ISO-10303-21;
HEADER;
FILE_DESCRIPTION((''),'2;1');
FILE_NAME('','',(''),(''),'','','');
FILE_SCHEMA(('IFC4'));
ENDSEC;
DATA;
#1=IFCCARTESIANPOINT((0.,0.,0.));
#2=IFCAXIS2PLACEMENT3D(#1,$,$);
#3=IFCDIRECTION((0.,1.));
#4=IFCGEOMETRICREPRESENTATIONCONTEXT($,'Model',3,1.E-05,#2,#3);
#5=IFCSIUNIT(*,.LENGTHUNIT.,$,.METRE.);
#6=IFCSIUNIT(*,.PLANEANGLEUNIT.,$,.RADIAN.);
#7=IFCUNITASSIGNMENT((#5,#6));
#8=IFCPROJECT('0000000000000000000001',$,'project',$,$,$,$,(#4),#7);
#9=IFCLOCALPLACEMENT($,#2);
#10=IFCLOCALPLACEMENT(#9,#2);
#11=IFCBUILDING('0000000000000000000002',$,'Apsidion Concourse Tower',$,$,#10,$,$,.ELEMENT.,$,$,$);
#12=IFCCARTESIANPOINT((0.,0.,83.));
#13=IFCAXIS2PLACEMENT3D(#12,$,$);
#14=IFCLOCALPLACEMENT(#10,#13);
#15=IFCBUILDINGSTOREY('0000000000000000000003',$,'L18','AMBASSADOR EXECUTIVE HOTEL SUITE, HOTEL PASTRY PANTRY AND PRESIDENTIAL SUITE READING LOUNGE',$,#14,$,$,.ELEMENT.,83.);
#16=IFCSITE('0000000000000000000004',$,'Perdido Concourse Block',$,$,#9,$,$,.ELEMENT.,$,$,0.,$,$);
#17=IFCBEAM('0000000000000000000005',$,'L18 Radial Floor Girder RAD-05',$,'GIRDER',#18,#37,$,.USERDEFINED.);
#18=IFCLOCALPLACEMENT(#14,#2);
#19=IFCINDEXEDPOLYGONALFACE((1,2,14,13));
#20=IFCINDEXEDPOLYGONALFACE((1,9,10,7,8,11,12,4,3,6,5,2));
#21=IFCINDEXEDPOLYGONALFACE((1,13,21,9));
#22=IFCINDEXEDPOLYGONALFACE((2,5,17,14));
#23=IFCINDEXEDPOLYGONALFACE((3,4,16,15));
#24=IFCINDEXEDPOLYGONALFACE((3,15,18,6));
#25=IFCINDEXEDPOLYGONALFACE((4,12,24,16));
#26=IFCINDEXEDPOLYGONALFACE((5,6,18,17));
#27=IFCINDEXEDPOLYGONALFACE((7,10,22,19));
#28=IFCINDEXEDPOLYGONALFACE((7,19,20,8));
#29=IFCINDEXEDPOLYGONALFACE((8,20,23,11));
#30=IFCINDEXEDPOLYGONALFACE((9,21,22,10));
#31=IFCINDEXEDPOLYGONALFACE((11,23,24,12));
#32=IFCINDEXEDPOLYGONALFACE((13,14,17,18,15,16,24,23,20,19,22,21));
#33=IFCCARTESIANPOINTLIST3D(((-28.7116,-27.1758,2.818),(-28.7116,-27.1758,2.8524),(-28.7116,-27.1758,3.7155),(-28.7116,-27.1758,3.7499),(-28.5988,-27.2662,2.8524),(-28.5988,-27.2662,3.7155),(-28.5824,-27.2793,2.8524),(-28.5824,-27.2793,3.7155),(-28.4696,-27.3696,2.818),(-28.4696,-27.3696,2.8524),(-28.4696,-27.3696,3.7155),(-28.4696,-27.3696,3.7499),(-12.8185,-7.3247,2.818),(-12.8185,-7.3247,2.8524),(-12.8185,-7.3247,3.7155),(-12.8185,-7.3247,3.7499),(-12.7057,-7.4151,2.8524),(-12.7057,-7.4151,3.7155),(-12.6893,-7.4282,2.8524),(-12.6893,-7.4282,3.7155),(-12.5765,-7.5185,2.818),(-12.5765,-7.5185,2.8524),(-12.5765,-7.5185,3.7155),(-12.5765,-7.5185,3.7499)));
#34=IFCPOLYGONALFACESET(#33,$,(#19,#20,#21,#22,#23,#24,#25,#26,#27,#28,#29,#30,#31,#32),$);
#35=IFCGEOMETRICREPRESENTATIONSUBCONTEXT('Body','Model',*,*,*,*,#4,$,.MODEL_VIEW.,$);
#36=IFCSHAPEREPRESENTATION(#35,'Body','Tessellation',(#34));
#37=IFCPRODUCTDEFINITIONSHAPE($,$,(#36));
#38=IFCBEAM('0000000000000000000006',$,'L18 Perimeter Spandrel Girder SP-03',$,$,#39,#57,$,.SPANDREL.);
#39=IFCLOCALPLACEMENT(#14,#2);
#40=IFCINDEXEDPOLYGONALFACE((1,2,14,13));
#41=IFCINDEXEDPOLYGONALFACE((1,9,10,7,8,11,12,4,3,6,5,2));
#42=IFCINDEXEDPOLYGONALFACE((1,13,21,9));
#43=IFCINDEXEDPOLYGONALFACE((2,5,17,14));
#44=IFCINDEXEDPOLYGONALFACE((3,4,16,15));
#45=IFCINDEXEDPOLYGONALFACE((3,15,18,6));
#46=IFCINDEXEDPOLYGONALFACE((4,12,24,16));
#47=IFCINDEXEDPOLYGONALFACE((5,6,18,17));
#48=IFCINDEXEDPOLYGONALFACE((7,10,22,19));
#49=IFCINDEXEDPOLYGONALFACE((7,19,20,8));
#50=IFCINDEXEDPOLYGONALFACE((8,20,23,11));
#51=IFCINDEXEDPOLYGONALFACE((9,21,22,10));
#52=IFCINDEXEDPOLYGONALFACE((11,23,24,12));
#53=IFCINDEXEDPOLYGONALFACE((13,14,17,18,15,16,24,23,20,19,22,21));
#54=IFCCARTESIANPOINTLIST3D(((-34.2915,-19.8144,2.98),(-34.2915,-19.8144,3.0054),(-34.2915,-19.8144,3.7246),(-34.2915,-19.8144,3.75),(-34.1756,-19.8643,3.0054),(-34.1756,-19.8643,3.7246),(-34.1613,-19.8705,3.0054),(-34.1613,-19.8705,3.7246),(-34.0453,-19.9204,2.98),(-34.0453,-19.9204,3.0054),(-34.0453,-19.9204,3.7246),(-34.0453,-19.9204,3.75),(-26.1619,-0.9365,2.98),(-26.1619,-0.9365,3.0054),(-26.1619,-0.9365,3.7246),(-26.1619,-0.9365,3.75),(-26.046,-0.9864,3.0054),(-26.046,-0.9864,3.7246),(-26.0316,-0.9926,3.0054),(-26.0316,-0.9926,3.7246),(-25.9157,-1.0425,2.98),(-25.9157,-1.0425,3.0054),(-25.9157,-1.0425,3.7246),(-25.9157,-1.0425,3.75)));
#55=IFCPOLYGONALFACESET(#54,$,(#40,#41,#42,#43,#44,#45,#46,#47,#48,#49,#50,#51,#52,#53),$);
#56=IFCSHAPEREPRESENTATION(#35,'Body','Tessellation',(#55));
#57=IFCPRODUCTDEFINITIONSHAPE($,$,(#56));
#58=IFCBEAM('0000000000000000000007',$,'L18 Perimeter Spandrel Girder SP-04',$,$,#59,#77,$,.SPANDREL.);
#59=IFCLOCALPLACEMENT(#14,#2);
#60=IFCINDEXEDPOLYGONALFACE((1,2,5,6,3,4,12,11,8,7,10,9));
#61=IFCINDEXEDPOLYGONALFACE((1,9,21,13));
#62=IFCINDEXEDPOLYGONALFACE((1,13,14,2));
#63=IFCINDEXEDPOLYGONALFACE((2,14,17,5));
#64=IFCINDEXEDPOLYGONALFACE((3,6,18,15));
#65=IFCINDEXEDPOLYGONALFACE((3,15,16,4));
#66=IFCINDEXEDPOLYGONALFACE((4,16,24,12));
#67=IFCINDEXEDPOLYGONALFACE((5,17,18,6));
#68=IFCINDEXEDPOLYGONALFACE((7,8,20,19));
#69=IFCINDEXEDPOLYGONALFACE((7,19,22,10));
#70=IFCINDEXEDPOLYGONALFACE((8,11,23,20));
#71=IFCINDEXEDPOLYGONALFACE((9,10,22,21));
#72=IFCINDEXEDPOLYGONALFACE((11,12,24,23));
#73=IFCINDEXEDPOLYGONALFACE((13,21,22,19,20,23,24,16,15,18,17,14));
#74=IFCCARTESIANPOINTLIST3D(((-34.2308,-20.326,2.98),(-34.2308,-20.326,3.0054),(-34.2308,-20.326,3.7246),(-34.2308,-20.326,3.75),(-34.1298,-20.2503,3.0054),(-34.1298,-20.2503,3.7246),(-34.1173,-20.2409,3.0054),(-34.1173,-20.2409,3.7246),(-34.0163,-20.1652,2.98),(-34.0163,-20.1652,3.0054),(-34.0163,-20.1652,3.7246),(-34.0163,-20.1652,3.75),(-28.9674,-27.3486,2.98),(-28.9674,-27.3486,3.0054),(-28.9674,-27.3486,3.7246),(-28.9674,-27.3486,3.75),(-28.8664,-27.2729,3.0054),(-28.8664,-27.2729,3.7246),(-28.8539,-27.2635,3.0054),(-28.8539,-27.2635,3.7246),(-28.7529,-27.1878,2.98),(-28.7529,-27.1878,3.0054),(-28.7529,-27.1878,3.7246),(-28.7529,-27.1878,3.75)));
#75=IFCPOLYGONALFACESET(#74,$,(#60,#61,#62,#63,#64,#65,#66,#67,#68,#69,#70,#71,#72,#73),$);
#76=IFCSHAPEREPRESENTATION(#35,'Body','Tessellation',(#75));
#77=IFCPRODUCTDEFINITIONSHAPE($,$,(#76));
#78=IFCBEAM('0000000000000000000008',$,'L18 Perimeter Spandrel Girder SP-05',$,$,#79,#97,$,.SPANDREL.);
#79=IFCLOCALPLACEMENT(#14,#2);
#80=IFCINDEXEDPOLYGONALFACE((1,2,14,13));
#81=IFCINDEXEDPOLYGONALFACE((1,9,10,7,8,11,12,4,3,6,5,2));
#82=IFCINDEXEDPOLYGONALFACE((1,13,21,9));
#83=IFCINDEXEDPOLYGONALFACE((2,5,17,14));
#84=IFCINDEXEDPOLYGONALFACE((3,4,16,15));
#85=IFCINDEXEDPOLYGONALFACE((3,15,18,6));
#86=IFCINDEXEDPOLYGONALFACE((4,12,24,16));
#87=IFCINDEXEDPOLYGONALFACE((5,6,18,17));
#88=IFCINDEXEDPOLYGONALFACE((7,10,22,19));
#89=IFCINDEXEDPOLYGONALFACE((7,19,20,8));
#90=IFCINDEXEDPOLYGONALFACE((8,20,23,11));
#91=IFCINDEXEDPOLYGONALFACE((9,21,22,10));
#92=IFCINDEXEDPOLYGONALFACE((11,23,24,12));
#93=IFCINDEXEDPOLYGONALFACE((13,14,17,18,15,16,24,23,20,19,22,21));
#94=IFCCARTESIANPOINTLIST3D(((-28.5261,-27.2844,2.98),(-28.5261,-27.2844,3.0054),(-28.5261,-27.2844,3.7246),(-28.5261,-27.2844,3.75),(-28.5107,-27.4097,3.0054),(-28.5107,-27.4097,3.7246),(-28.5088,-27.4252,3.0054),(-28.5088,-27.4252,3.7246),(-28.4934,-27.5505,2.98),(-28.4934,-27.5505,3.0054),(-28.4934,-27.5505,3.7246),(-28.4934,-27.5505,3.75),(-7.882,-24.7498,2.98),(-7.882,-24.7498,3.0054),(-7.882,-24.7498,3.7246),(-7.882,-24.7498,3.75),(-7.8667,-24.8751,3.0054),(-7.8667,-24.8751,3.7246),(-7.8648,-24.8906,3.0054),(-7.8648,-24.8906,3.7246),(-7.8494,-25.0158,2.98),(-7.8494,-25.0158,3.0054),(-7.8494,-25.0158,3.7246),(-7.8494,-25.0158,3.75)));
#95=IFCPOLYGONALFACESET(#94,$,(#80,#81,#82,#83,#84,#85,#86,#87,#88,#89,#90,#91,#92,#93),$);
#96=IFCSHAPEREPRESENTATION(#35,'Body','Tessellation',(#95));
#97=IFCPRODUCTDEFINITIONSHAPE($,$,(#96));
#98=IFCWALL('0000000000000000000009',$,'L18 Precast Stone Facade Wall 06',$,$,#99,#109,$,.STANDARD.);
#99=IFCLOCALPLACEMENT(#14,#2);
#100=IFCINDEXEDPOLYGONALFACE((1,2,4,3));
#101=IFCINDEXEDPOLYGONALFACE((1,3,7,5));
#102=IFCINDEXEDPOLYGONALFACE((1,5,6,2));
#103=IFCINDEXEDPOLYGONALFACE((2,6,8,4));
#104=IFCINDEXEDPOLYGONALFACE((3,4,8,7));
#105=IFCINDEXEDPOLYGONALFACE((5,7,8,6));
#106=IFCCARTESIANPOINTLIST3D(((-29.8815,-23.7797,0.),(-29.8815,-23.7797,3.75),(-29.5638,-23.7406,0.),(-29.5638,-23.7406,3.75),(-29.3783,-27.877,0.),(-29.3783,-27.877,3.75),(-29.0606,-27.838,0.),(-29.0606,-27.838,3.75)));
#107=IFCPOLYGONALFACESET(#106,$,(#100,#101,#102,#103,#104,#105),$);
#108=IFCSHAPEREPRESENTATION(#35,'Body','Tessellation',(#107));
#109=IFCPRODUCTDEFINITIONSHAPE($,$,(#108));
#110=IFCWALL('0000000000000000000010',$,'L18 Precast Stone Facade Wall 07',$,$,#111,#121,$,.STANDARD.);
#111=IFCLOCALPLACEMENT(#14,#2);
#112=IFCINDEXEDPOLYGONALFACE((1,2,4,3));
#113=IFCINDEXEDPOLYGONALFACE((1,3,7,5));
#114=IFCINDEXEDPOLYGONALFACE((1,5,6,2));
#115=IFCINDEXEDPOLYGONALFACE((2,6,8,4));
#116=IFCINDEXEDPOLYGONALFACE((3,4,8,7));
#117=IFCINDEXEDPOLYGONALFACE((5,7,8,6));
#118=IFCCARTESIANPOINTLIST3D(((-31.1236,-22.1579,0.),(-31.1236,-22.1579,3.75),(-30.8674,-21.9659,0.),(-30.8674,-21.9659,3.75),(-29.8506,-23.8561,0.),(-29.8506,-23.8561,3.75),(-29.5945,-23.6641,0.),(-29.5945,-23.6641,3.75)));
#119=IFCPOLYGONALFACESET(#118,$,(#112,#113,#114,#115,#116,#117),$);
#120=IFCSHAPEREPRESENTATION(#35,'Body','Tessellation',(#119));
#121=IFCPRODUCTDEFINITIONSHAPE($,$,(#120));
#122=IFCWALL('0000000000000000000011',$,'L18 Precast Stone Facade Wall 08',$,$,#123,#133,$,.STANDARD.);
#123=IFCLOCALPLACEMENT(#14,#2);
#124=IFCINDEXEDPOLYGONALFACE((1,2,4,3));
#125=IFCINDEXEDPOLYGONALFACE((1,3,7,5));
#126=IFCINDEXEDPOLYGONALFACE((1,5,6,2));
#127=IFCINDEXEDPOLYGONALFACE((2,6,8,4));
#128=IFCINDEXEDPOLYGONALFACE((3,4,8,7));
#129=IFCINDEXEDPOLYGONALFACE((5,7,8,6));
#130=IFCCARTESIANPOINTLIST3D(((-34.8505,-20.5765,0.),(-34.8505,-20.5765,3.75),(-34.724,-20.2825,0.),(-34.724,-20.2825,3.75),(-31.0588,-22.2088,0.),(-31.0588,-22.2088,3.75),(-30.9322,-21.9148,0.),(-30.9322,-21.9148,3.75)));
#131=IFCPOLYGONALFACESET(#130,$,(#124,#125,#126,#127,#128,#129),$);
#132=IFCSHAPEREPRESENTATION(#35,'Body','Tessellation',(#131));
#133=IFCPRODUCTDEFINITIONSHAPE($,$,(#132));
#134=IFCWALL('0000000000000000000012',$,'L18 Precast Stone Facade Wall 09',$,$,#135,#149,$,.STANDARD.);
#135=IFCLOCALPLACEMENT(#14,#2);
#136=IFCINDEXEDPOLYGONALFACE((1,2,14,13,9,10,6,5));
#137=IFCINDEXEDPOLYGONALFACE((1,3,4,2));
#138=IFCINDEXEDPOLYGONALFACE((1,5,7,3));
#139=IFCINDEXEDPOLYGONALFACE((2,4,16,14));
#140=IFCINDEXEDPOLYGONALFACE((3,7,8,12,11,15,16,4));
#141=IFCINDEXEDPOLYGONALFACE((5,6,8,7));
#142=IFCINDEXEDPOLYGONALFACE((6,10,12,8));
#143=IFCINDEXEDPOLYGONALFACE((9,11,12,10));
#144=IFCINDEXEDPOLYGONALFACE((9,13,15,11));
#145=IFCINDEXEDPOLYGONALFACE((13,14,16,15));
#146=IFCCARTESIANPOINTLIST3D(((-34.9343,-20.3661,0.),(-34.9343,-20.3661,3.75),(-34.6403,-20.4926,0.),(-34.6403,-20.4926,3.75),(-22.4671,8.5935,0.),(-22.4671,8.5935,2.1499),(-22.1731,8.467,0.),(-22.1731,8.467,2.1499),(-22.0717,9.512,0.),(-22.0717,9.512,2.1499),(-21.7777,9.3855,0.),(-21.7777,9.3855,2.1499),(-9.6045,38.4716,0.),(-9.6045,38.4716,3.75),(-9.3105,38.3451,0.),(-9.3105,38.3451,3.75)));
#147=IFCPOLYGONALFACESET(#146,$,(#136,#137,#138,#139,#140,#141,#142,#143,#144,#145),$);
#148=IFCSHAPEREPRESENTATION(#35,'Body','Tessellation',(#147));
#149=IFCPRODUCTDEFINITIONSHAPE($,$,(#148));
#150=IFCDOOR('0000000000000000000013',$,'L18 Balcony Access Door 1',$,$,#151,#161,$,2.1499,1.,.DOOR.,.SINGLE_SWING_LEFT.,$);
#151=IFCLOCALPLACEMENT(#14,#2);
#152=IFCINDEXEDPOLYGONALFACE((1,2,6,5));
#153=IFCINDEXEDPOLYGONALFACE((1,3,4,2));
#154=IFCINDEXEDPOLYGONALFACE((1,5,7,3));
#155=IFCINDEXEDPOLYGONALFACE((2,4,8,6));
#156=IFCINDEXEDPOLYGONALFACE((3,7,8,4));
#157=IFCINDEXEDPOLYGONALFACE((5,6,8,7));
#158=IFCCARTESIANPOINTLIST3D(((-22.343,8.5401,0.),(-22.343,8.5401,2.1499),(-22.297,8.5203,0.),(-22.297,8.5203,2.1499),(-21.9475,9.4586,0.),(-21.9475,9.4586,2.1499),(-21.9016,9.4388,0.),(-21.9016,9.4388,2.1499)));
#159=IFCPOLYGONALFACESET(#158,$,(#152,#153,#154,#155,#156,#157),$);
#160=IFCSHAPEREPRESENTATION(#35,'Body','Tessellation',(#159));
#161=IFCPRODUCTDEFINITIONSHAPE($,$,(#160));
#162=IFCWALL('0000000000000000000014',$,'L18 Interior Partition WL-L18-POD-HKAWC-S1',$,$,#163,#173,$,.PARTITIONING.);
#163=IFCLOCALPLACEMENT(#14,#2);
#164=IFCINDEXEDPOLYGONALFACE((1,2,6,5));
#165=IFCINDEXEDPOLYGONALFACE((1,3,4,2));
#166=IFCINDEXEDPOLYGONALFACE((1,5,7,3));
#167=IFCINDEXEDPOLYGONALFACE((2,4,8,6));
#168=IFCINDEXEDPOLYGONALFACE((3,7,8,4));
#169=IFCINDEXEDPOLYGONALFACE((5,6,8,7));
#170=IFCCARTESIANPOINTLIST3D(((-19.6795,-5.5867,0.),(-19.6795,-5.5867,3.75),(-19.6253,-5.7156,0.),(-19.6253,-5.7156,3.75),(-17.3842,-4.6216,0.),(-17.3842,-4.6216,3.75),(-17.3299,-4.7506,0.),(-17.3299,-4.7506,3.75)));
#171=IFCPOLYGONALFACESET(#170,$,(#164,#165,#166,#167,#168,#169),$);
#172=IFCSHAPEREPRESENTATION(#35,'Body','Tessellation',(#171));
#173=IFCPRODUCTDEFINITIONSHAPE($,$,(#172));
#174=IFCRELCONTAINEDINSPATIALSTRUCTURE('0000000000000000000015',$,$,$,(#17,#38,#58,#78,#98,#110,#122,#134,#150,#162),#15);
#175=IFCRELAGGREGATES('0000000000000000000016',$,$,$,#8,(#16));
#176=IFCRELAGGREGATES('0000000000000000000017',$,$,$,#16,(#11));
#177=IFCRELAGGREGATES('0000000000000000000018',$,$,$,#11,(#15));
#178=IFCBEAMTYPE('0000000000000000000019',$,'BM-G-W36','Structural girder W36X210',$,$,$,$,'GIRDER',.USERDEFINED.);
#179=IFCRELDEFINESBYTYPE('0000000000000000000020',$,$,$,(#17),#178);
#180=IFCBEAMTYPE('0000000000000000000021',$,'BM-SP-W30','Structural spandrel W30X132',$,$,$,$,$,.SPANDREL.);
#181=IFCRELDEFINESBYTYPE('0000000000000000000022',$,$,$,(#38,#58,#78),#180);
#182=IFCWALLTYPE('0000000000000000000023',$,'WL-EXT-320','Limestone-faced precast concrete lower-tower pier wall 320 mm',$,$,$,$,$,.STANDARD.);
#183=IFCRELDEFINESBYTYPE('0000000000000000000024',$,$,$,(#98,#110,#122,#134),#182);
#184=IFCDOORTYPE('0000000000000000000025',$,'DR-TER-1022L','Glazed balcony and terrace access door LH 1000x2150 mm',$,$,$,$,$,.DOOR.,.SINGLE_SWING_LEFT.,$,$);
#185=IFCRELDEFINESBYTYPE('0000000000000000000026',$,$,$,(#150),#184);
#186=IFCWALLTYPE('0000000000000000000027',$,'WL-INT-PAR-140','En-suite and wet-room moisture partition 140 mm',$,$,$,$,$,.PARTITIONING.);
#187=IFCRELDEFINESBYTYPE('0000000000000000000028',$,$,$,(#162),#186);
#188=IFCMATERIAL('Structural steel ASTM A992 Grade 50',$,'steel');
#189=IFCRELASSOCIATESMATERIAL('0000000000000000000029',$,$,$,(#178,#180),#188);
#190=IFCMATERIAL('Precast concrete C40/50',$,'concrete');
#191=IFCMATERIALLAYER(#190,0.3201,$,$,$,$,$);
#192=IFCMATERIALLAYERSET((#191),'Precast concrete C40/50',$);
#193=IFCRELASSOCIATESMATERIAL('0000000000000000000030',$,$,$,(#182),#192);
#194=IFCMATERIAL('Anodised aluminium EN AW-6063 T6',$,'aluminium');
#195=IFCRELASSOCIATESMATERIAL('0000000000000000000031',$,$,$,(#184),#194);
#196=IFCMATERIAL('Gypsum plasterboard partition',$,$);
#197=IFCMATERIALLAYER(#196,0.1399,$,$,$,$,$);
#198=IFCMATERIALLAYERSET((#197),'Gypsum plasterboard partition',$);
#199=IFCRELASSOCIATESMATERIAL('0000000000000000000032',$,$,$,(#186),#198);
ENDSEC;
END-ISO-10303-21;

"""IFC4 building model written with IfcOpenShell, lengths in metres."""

from ifc_helpers import new_model, si_unit, direction, frame, frame_2d, origin, origin_2d, place, context, subcontext, project, spatial, rectangle, i_section, extrude, material, layer, layer_set, material_profile, profile_set, type_object, element, fill, save


model = new_model("IFC4")

# Units and contexts
model_context = context("Model", 3, precision=1e-05, world=origin(), true_north=direction((0.0, 1.0)))
body_context = subcontext(model_context, "Body", "Model", "MODEL_VIEW")
ifc_project = project(units=[si_unit("LENGTHUNIT", "METRE"), si_unit("PLANEANGLEUNIT", "RADIAN")], contexts=[model_context])

# Site, building, storey
site_placement = place(None, origin())
site = spatial("IfcSite", under=ifc_project, at=site_placement, Name="Perdido Concourse Block", CompositionType="ELEMENT", RefElevation=0.0)
building_placement = place(site_placement, origin())
building = spatial("IfcBuilding", under=site, at=building_placement, Name="Apsidion Concourse Tower", CompositionType="ELEMENT")
storey_placement = place(building_placement, frame((0.0, 0.0, 83.0)))
storey = spatial("IfcBuildingStorey", under=building, at=storey_placement, Name="L18", Description="AMBASSADOR EXECUTIVE HOTEL SUITE, HOTEL PASTRY PANTRY AND PRESIDENTIAL SUITE READING LOUNGE", CompositionType="ELEMENT", Elevation=83.0)

# Beams
ifc_material_1 = material(Name="Structural steel ASTM A992 Grade 50", Category="steel")
ifc_material_profile_1 = material_profile(ifc_material_1, i_section(OverallWidth=0.3101, OverallDepth=0.9319, WebThickness=0.021, FlangeThickness=0.0344, at=origin_2d()), Name="W36X210")
ifc_profile_set_1 = profile_set([ifc_material_profile_1], Name="Structural steel ASTM A992 Grade 50")
beam_type_1 = type_object("IfcBeamType", Name="BM-G-W36", Description="Structural girder W36X210", ElementType="GIRDER", PredefinedType="USERDEFINED", material=ifc_profile_set_1)
beam_1_placement = place(storey_placement, frame((-12.6975, -7.4216, 3.2839), z_axis=(-0.624988, -0.780635, 0.0), x_axis=(0.780635, -0.624988, 0.0)))
element("IfcBeam", 1, at=beam_1_placement, inside=storey, type_object=beam_type_1, Name="L18 Radial Floor Girder RAD-05", ObjectType="GIRDER", PredefinedType="USERDEFINED", context=body_context, shape_type="SweptSolid", body=[
    extrude(i_section(OverallWidth=0.3101, OverallDepth=0.9319, WebThickness=0.021, FlangeThickness=0.0344, at=origin_2d()), origin(), (0.0, 0.0, 1.0), 25.4294),
])
ifc_material_profile_2 = material_profile(ifc_material_1, i_section(OverallWidth=0.2681, OverallDepth=0.77, WebThickness=0.0156, FlangeThickness=0.0254, at=origin_2d()), Name="W30X132")
ifc_profile_set_2 = profile_set([ifc_material_profile_2], Name="Structural steel ASTM A992 Grade 50")
beam_type_2 = type_object("IfcBeamType", Name="BM-SP-W30", Description="Structural spandrel W30X132", PredefinedType="SPANDREL", material=ifc_profile_set_2)
beam_2_placement = place(storey_placement, frame((-26.0388, -0.9895, 3.365), z_axis=(-0.395526, -0.918455, 0.0), x_axis=(0.918455, -0.395526, 0.0)))
element("IfcBeam", 2, at=beam_2_placement, inside=storey, type_object=beam_type_2, Name="L18 Perimeter Spandrel Girder SP-03", PredefinedType="SPANDREL", context=body_context, shape_type="SweptSolid", body=[
    extrude(i_section(OverallWidth=0.2681, OverallDepth=0.77, WebThickness=0.0156, FlangeThickness=0.0254, at=origin_2d()), origin(), (0.0, 0.0, 1.0), 20.554),
])
beam_3_placement = place(storey_placement, frame((-34.1235, -20.2456, 3.365), z_axis=(0.599737, -0.800197, 0.0), x_axis=(0.800197, 0.599737, 0.0)))
element("IfcBeam", 3, at=beam_3_placement, inside=storey, type_object=beam_type_2, Name="L18 Perimeter Spandrel Girder SP-04", PredefinedType="SPANDREL", context=body_context, shape_type="SweptSolid", body=[
    extrude(i_section(OverallWidth=0.2681, OverallDepth=0.77, WebThickness=0.0156, FlangeThickness=0.0254, at=origin_2d()), origin(), (0.0, 0.0, 1.0), 8.7761),
])
beam_4_placement = place(storey_placement, frame((-28.5098, -27.4175, 3.365), z_axis=(0.992547, 0.121865, 0.0), x_axis=(-0.121865, 0.992547, 0.0)))
element("IfcBeam", 4, at=beam_4_placement, inside=storey, type_object=beam_type_2, Name="L18 Perimeter Spandrel Girder SP-05", PredefinedType="SPANDREL", context=body_context, shape_type="SweptSolid", body=[
    extrude(i_section(OverallWidth=0.2681, OverallDepth=0.77, WebThickness=0.0156, FlangeThickness=0.0254, at=origin_2d()), origin(), (0.0, 0.0, 1.0), 20.7991),
])

# Walls
ifc_material_2 = material(Name="Precast concrete C40/50", Category="concrete")
ifc_layer_1 = layer(ifc_material_2, 0.3201)
ifc_layer_set_1 = layer_set([ifc_layer_1], Name="Precast concrete C40/50")
wall_type_1 = type_object("IfcWallType", Name="WL-EXT-320", Description="Limestone-faced precast concrete lower-tower pier wall 320 mm", PredefinedType="STANDARD", material=ifc_layer_set_1)
wall_1_placement = place(storey_placement, frame((-29.2195, -27.8574, 0.0), z_axis=(0.0, 0.0, 1.0), x_axis=(-0.121887, 0.992544, 0.0)))
element("IfcWall", 5, at=wall_1_placement, inside=storey, type_object=wall_type_1, Name="L18 Precast Stone Facade Wall 06", PredefinedType="STANDARD", context=body_context, shape_type="SweptSolid", body=[
    extrude(rectangle(XDim=4.1282, YDim=0.3201, at=frame_2d((2.064, 0.0))), origin(), (0.0, 0.0, 1.0), 3.75),
])
wall_2_placement = place(storey_placement, frame((-29.7227, -23.76, 0.0), z_axis=(0.0, 0.0, 1.0), x_axis=(-0.599779, 0.800166, 0.0)))
element("IfcWall", 6, at=wall_2_placement, inside=storey, type_object=wall_type_1, Name="L18 Precast Stone Facade Wall 07", PredefinedType="STANDARD", context=body_context, shape_type="SweptSolid", body=[
    extrude(rectangle(XDim=2.1223, YDim=0.3201, at=frame_2d((1.061, 0.0))), origin(), (0.0, 0.0, 1.0), 3.75),
])
wall_3_placement = place(storey_placement, frame((-30.9956, -22.0618, 0.0), z_axis=(0.0, 0.0, 1.0), x_axis=(-0.918504, 0.395411, 0.0)))
element("IfcWall", 7, at=wall_3_placement, inside=storey, type_object=wall_type_1, Name="L18 Precast Stone Facade Wall 08", PredefinedType="STANDARD", context=body_context, shape_type="SweptSolid", body=[
    extrude(rectangle(XDim=4.1282, YDim=0.3201, at=frame_2d((2.064, 0.0))), origin(), (0.0, 0.0, 1.0), 3.75),
])

# Wall, opening, door
wall_4_placement = place(storey_placement, frame((-34.7874, -20.4294, 0.0), z_axis=(0.0, 0.0, 1.0), x_axis=(0.395418, 0.918501, 0.0)))
wall_4 = element("IfcWall", 8, at=wall_4_placement, inside=storey, type_object=wall_type_1, Name="L18 Precast Stone Facade Wall 09", PredefinedType="STANDARD", context=body_context, shape_type="SweptSolid", body=[
    extrude(rectangle(XDim=64.0583, YDim=0.3201, at=frame_2d((32.0293, 0.0))), origin(), (0.0, 0.0, 1.0), 3.75),
])
opening_1_placement = place(wall_4_placement, frame((31.5293, 0.0, 0.0)))
opening_1 = element("IfcOpeningElement", 9, at=opening_1_placement, cuts=wall_4, PredefinedType="OPENING", context=body_context, shape_type="SweptSolid", body=[
    extrude(rectangle(XDim=1.0, YDim=2.1499, at=frame_2d((0.5, 1.075))), frame((0.0, 0.1699, 0.0), z_axis=(0.0, -1.0, 0.0), x_axis=(1.0, 0.0, 0.0)), (0.0, 0.0, 1.0), 0.3401),
])
ifc_material_3 = material(Name="Anodised aluminium EN AW-6063 T6", Category="aluminium")
door_type_1 = type_object("IfcDoorType", Name="DR-TER-1022L", Description="Glazed balcony and terrace access door LH 1000x2150 mm", OperationType="SINGLE_SWING_LEFT", PredefinedType="DOOR", material=ifc_material_3)
door_1_placement = place(opening_1_placement, origin())
door_1 = element("IfcDoor", 10, at=door_1_placement, inside=storey, type_object=door_type_1, Name="L18 Balcony Access Door 1", OperationType="SINGLE_SWING_LEFT", OverallHeight=2.1499, OverallWidth=1.0, PredefinedType="DOOR", context=body_context, shape_type="SweptSolid", body=[
    extrude(rectangle(XDim=1.0, YDim=2.1499, at=frame_2d((0.5, 1.075))), frame((0.0, 0.0249, 0.0), z_axis=(0.0, -1.0, 0.0), x_axis=(1.0, 0.0, 0.0)), (0.0, 0.0, 1.0), 0.05),
])
fill(opening_1, door_1)

# Wall
ifc_material_4 = material(Name="Gypsum plasterboard partition")
ifc_layer_2 = layer(ifc_material_4, 0.1399)
ifc_layer_set_2 = layer_set([ifc_layer_2], Name="Gypsum plasterboard partition")
wall_type_2 = type_object("IfcWallType", Name="WL-INT-PAR-140", Description="En-suite and wet-room moisture partition 140 mm", PredefinedType="PARTITIONING", material=ifc_layer_set_2)
wall_5_placement = place(storey_placement, frame((-17.3569, -4.686, 0.0), z_axis=(0.0, 0.0, 1.0), x_axis=(-0.921836, -0.387579, 0.0)))
element("IfcWall", 11, at=wall_5_placement, inside=storey, type_object=wall_type_2, Name="L18 Interior Partition WL-L18-POD-HKAWC-S1", PredefinedType="PARTITIONING", context=body_context, shape_type="SweptSolid", body=[
    extrude(rectangle(XDim=2.49, YDim=0.1399, at=frame_2d((1.2451, 0.0))), origin(), (0.0, 0.0, 1.0), 3.75),
])

save(model, "model.ifc")
